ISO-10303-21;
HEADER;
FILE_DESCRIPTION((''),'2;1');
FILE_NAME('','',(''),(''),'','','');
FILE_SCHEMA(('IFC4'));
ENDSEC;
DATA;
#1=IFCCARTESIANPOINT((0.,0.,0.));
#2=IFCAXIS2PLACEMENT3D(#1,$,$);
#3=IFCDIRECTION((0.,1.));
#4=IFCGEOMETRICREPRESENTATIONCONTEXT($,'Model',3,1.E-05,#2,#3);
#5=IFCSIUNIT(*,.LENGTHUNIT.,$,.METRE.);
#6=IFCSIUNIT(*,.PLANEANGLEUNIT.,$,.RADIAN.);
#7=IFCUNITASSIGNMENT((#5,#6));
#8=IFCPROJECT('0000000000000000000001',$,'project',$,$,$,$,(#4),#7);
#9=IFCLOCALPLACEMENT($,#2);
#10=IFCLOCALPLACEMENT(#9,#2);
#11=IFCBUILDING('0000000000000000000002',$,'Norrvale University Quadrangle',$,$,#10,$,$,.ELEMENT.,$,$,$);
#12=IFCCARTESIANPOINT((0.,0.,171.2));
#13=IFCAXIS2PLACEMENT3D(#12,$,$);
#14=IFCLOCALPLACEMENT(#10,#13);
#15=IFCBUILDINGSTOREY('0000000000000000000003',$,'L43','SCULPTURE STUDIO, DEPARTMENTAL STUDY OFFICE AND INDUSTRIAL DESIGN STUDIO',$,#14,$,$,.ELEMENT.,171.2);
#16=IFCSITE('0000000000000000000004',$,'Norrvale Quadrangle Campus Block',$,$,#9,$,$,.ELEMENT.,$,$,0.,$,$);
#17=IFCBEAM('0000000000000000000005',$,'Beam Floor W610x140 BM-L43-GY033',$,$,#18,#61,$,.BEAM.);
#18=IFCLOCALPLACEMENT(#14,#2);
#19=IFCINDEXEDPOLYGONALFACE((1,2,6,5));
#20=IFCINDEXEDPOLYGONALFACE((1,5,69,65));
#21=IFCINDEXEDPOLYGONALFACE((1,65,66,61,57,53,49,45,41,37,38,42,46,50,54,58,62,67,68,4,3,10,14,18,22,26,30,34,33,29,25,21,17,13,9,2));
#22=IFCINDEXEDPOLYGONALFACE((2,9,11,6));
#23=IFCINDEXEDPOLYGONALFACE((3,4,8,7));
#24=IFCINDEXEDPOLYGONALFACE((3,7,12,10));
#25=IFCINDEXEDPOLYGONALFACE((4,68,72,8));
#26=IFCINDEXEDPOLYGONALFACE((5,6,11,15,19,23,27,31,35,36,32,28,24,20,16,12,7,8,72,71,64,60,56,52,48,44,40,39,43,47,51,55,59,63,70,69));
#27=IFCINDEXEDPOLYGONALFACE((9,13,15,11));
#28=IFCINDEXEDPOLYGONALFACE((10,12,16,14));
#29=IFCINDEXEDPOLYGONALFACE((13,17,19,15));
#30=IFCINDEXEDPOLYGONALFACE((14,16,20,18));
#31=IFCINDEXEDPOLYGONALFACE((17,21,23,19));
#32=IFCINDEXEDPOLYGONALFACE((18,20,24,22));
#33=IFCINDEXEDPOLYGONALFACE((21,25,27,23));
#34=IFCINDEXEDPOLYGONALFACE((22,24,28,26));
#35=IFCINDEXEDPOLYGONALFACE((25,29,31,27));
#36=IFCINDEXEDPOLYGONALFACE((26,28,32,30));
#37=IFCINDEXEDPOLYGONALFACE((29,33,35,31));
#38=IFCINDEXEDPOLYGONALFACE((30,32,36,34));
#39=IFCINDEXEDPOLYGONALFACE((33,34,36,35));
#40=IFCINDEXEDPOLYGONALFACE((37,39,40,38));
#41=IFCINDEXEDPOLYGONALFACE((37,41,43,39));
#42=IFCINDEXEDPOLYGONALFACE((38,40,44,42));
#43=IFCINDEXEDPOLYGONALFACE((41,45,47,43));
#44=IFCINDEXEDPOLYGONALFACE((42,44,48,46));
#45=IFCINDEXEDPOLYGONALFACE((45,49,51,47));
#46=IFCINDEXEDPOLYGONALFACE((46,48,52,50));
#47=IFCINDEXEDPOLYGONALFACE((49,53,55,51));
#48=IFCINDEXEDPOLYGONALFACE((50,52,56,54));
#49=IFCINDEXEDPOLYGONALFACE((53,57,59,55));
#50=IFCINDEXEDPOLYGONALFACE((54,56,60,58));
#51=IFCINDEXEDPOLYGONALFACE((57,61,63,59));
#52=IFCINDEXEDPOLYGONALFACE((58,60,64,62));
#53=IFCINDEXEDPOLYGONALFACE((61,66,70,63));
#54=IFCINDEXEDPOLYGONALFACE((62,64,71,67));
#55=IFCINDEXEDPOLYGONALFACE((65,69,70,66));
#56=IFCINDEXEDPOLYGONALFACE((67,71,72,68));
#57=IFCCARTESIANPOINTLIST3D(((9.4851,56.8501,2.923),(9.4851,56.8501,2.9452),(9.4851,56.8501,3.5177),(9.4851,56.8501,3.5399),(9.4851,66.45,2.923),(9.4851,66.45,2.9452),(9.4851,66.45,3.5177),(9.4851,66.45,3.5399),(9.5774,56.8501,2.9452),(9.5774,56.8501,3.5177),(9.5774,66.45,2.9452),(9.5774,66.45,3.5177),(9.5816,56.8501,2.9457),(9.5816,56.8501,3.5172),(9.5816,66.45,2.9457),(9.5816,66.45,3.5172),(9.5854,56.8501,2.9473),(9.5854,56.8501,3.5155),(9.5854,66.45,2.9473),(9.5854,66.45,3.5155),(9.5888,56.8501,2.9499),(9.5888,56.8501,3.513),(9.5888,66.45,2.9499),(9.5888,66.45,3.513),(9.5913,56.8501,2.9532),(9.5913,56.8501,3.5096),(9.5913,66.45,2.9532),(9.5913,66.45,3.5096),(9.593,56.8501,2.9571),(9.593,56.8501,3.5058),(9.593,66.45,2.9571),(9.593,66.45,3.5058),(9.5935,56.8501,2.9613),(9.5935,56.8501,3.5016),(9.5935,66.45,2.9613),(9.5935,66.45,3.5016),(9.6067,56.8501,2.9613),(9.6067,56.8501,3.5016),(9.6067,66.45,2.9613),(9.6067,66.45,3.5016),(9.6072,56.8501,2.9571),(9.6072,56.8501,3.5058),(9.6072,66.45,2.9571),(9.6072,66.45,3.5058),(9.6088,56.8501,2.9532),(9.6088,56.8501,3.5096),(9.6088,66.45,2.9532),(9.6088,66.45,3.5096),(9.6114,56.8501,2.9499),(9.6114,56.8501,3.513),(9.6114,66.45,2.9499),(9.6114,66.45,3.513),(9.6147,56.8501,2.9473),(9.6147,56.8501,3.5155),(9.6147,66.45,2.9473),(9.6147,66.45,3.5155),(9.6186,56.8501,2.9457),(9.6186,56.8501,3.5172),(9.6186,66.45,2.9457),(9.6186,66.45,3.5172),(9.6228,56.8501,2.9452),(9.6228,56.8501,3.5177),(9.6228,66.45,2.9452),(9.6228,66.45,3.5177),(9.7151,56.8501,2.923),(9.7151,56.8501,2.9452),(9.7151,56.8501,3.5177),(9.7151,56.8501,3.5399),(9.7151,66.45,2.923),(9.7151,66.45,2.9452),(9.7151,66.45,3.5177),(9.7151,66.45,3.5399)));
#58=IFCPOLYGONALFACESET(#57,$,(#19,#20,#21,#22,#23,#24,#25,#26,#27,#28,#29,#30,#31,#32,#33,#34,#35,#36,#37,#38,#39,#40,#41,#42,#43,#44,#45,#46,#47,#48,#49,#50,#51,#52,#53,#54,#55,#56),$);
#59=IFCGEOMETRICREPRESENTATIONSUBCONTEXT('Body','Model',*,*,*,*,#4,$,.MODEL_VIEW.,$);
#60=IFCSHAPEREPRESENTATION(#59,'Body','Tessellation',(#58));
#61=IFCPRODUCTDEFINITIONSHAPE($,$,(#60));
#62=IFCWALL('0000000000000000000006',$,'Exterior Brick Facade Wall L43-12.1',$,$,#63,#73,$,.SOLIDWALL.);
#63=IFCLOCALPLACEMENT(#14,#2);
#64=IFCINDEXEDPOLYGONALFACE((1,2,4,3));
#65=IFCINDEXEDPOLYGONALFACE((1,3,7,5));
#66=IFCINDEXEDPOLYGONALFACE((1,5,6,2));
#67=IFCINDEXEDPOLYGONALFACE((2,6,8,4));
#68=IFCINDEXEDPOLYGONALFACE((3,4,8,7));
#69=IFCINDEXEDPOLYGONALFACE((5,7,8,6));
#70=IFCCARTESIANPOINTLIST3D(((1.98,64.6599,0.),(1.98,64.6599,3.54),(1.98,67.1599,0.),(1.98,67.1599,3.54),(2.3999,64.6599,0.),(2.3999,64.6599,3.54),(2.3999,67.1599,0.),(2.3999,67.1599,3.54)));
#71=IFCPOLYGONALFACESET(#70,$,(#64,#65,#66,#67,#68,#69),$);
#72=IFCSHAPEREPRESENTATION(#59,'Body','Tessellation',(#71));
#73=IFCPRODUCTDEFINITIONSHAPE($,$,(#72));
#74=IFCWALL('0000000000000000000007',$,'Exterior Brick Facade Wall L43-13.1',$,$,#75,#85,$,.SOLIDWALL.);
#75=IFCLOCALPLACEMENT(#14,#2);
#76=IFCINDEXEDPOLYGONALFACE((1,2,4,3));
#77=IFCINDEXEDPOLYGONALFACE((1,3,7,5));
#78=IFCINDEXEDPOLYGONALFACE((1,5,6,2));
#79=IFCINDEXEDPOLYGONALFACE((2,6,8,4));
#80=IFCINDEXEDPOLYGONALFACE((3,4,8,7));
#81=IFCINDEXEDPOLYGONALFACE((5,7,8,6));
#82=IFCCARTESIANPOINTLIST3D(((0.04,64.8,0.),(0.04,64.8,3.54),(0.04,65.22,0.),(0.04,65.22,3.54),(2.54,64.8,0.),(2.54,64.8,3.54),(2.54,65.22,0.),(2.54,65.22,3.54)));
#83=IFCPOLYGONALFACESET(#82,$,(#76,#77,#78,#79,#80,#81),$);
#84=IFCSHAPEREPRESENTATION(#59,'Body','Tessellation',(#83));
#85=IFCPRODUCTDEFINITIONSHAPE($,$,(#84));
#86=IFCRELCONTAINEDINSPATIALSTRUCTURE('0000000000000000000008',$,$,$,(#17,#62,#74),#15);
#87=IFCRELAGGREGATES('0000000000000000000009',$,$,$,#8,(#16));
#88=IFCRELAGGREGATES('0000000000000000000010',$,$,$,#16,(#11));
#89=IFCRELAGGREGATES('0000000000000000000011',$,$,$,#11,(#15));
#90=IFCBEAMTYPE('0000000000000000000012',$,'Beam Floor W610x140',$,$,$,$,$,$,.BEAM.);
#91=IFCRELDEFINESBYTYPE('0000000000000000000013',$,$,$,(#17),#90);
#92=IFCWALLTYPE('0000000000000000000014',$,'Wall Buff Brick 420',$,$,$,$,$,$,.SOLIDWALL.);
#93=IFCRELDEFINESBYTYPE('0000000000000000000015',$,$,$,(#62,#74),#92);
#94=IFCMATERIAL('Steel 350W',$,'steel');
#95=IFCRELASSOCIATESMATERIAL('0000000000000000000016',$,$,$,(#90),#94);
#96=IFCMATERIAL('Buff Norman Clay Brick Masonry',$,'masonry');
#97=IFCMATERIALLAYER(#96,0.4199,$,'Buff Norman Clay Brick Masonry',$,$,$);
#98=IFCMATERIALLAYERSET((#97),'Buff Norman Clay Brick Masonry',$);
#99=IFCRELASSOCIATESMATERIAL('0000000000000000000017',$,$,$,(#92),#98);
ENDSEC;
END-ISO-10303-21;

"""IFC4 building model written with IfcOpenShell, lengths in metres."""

from ifc_helpers import new_model, si_unit, direction, frame, frame_2d, origin, origin_2d, place, context, subcontext, project, spatial, rectangle, i_section, extrude, material, layer, layer_set, material_profile, profile_set, type_object, element, save


model = new_model("IFC4")

# Units and contexts
model_context = context("Model", 3, precision=1e-05, world=origin(), true_north=direction((0.0, 1.0)))
body_context = subcontext(model_context, "Body", "Model", "MODEL_VIEW")
ifc_project = project(units=[si_unit("LENGTHUNIT", "METRE"), si_unit("PLANEANGLEUNIT", "RADIAN")], contexts=[model_context])

# Site, building, storey
site_placement = place(None, origin())
site = spatial("IfcSite", under=ifc_project, at=site_placement, Name="Norrvale Quadrangle Campus Block", CompositionType="ELEMENT", RefElevation=0.0)
building_placement = place(site_placement, origin())
building = spatial("IfcBuilding", under=site, at=building_placement, Name="Norrvale University Quadrangle", CompositionType="ELEMENT")
storey_placement = place(building_placement, frame((0.0, 0.0, 171.2)))
storey = spatial("IfcBuildingStorey", under=building, at=storey_placement, Name="L43", Description="SCULPTURE STUDIO, DEPARTMENTAL STUDY OFFICE AND INDUSTRIAL DESIGN STUDIO", CompositionType="ELEMENT", Elevation=171.2)

# Beam
ifc_material_1 = material(Name="Steel 350W", Category="steel")
ifc_material_profile_1 = material_profile(ifc_material_1, i_section(OverallWidth=0.23, OverallDepth=0.6169, WebThickness=0.0132, FlangeThickness=0.0222, FilletRadius=0.0161, at=origin_2d()), Name="Steel 350W")
ifc_profile_set_1 = profile_set([ifc_material_profile_1], Name="Steel 350W")
beam_type_1 = type_object("IfcBeamType", Name="Beam Floor W610x140", PredefinedType="BEAM", material=ifc_profile_set_1)
for number, where, z_axis, x_axis, name in (
    (1, (9.6001, 56.8501, 3.2314), (0.0, 1.0, 0.0), (-1.0, 0.0, 0.0), "Beam Floor W610x140 BM-L43-GY033"),
):
    element("IfcBeam", number, at=place(storey_placement, frame(where, z_axis=z_axis, x_axis=x_axis)), inside=storey, type_object=beam_type_1, Name=name, PredefinedType="BEAM", context=body_context, shape_type="SweptSolid", body=[
        extrude(i_section(OverallWidth=0.23, OverallDepth=0.6169, WebThickness=0.0132, FlangeThickness=0.0222, FilletRadius=0.0161, at=origin_2d()), origin(), (0.0, 0.0, 1.0), 9.5999),
    ])

# Walls
ifc_material_2 = material(Name="Buff Norman Clay Brick Masonry", Category="masonry")
ifc_layer = layer(ifc_material_2, 0.4199, Name="Buff Norman Clay Brick Masonry")
ifc_layer_set = layer_set([ifc_layer], Name="Buff Norman Clay Brick Masonry")
wall_type = type_object("IfcWallType", Name="Wall Buff Brick 420", PredefinedType="SOLIDWALL", material=ifc_layer_set)
for number, where, z_axis, x_axis, name in (
    (2, (2.1899, 67.1599, 0.0), (0.0, 0.0, 1.0), (0.0, -1.0, 0.0), "Exterior Brick Facade Wall L43-12.1"),
    (3, (2.54, 65.01, 0.0), (0.0, 0.0, 1.0), (-1.0, 0.0, 0.0), "Exterior Brick Facade Wall L43-13.1"),
):
    element("IfcWall", number, at=place(storey_placement, frame(where, z_axis=z_axis, x_axis=x_axis)), inside=storey, type_object=wall_type, Name=name, PredefinedType="SOLIDWALL", context=body_context, shape_type="SweptSolid", body=[
        extrude(rectangle(XDim=2.5, YDim=0.4199, at=frame_2d((1.25, 0.0))), origin(), (0.0, 0.0, 1.0), 3.54),
    ])

save(model, "model.ifc")
